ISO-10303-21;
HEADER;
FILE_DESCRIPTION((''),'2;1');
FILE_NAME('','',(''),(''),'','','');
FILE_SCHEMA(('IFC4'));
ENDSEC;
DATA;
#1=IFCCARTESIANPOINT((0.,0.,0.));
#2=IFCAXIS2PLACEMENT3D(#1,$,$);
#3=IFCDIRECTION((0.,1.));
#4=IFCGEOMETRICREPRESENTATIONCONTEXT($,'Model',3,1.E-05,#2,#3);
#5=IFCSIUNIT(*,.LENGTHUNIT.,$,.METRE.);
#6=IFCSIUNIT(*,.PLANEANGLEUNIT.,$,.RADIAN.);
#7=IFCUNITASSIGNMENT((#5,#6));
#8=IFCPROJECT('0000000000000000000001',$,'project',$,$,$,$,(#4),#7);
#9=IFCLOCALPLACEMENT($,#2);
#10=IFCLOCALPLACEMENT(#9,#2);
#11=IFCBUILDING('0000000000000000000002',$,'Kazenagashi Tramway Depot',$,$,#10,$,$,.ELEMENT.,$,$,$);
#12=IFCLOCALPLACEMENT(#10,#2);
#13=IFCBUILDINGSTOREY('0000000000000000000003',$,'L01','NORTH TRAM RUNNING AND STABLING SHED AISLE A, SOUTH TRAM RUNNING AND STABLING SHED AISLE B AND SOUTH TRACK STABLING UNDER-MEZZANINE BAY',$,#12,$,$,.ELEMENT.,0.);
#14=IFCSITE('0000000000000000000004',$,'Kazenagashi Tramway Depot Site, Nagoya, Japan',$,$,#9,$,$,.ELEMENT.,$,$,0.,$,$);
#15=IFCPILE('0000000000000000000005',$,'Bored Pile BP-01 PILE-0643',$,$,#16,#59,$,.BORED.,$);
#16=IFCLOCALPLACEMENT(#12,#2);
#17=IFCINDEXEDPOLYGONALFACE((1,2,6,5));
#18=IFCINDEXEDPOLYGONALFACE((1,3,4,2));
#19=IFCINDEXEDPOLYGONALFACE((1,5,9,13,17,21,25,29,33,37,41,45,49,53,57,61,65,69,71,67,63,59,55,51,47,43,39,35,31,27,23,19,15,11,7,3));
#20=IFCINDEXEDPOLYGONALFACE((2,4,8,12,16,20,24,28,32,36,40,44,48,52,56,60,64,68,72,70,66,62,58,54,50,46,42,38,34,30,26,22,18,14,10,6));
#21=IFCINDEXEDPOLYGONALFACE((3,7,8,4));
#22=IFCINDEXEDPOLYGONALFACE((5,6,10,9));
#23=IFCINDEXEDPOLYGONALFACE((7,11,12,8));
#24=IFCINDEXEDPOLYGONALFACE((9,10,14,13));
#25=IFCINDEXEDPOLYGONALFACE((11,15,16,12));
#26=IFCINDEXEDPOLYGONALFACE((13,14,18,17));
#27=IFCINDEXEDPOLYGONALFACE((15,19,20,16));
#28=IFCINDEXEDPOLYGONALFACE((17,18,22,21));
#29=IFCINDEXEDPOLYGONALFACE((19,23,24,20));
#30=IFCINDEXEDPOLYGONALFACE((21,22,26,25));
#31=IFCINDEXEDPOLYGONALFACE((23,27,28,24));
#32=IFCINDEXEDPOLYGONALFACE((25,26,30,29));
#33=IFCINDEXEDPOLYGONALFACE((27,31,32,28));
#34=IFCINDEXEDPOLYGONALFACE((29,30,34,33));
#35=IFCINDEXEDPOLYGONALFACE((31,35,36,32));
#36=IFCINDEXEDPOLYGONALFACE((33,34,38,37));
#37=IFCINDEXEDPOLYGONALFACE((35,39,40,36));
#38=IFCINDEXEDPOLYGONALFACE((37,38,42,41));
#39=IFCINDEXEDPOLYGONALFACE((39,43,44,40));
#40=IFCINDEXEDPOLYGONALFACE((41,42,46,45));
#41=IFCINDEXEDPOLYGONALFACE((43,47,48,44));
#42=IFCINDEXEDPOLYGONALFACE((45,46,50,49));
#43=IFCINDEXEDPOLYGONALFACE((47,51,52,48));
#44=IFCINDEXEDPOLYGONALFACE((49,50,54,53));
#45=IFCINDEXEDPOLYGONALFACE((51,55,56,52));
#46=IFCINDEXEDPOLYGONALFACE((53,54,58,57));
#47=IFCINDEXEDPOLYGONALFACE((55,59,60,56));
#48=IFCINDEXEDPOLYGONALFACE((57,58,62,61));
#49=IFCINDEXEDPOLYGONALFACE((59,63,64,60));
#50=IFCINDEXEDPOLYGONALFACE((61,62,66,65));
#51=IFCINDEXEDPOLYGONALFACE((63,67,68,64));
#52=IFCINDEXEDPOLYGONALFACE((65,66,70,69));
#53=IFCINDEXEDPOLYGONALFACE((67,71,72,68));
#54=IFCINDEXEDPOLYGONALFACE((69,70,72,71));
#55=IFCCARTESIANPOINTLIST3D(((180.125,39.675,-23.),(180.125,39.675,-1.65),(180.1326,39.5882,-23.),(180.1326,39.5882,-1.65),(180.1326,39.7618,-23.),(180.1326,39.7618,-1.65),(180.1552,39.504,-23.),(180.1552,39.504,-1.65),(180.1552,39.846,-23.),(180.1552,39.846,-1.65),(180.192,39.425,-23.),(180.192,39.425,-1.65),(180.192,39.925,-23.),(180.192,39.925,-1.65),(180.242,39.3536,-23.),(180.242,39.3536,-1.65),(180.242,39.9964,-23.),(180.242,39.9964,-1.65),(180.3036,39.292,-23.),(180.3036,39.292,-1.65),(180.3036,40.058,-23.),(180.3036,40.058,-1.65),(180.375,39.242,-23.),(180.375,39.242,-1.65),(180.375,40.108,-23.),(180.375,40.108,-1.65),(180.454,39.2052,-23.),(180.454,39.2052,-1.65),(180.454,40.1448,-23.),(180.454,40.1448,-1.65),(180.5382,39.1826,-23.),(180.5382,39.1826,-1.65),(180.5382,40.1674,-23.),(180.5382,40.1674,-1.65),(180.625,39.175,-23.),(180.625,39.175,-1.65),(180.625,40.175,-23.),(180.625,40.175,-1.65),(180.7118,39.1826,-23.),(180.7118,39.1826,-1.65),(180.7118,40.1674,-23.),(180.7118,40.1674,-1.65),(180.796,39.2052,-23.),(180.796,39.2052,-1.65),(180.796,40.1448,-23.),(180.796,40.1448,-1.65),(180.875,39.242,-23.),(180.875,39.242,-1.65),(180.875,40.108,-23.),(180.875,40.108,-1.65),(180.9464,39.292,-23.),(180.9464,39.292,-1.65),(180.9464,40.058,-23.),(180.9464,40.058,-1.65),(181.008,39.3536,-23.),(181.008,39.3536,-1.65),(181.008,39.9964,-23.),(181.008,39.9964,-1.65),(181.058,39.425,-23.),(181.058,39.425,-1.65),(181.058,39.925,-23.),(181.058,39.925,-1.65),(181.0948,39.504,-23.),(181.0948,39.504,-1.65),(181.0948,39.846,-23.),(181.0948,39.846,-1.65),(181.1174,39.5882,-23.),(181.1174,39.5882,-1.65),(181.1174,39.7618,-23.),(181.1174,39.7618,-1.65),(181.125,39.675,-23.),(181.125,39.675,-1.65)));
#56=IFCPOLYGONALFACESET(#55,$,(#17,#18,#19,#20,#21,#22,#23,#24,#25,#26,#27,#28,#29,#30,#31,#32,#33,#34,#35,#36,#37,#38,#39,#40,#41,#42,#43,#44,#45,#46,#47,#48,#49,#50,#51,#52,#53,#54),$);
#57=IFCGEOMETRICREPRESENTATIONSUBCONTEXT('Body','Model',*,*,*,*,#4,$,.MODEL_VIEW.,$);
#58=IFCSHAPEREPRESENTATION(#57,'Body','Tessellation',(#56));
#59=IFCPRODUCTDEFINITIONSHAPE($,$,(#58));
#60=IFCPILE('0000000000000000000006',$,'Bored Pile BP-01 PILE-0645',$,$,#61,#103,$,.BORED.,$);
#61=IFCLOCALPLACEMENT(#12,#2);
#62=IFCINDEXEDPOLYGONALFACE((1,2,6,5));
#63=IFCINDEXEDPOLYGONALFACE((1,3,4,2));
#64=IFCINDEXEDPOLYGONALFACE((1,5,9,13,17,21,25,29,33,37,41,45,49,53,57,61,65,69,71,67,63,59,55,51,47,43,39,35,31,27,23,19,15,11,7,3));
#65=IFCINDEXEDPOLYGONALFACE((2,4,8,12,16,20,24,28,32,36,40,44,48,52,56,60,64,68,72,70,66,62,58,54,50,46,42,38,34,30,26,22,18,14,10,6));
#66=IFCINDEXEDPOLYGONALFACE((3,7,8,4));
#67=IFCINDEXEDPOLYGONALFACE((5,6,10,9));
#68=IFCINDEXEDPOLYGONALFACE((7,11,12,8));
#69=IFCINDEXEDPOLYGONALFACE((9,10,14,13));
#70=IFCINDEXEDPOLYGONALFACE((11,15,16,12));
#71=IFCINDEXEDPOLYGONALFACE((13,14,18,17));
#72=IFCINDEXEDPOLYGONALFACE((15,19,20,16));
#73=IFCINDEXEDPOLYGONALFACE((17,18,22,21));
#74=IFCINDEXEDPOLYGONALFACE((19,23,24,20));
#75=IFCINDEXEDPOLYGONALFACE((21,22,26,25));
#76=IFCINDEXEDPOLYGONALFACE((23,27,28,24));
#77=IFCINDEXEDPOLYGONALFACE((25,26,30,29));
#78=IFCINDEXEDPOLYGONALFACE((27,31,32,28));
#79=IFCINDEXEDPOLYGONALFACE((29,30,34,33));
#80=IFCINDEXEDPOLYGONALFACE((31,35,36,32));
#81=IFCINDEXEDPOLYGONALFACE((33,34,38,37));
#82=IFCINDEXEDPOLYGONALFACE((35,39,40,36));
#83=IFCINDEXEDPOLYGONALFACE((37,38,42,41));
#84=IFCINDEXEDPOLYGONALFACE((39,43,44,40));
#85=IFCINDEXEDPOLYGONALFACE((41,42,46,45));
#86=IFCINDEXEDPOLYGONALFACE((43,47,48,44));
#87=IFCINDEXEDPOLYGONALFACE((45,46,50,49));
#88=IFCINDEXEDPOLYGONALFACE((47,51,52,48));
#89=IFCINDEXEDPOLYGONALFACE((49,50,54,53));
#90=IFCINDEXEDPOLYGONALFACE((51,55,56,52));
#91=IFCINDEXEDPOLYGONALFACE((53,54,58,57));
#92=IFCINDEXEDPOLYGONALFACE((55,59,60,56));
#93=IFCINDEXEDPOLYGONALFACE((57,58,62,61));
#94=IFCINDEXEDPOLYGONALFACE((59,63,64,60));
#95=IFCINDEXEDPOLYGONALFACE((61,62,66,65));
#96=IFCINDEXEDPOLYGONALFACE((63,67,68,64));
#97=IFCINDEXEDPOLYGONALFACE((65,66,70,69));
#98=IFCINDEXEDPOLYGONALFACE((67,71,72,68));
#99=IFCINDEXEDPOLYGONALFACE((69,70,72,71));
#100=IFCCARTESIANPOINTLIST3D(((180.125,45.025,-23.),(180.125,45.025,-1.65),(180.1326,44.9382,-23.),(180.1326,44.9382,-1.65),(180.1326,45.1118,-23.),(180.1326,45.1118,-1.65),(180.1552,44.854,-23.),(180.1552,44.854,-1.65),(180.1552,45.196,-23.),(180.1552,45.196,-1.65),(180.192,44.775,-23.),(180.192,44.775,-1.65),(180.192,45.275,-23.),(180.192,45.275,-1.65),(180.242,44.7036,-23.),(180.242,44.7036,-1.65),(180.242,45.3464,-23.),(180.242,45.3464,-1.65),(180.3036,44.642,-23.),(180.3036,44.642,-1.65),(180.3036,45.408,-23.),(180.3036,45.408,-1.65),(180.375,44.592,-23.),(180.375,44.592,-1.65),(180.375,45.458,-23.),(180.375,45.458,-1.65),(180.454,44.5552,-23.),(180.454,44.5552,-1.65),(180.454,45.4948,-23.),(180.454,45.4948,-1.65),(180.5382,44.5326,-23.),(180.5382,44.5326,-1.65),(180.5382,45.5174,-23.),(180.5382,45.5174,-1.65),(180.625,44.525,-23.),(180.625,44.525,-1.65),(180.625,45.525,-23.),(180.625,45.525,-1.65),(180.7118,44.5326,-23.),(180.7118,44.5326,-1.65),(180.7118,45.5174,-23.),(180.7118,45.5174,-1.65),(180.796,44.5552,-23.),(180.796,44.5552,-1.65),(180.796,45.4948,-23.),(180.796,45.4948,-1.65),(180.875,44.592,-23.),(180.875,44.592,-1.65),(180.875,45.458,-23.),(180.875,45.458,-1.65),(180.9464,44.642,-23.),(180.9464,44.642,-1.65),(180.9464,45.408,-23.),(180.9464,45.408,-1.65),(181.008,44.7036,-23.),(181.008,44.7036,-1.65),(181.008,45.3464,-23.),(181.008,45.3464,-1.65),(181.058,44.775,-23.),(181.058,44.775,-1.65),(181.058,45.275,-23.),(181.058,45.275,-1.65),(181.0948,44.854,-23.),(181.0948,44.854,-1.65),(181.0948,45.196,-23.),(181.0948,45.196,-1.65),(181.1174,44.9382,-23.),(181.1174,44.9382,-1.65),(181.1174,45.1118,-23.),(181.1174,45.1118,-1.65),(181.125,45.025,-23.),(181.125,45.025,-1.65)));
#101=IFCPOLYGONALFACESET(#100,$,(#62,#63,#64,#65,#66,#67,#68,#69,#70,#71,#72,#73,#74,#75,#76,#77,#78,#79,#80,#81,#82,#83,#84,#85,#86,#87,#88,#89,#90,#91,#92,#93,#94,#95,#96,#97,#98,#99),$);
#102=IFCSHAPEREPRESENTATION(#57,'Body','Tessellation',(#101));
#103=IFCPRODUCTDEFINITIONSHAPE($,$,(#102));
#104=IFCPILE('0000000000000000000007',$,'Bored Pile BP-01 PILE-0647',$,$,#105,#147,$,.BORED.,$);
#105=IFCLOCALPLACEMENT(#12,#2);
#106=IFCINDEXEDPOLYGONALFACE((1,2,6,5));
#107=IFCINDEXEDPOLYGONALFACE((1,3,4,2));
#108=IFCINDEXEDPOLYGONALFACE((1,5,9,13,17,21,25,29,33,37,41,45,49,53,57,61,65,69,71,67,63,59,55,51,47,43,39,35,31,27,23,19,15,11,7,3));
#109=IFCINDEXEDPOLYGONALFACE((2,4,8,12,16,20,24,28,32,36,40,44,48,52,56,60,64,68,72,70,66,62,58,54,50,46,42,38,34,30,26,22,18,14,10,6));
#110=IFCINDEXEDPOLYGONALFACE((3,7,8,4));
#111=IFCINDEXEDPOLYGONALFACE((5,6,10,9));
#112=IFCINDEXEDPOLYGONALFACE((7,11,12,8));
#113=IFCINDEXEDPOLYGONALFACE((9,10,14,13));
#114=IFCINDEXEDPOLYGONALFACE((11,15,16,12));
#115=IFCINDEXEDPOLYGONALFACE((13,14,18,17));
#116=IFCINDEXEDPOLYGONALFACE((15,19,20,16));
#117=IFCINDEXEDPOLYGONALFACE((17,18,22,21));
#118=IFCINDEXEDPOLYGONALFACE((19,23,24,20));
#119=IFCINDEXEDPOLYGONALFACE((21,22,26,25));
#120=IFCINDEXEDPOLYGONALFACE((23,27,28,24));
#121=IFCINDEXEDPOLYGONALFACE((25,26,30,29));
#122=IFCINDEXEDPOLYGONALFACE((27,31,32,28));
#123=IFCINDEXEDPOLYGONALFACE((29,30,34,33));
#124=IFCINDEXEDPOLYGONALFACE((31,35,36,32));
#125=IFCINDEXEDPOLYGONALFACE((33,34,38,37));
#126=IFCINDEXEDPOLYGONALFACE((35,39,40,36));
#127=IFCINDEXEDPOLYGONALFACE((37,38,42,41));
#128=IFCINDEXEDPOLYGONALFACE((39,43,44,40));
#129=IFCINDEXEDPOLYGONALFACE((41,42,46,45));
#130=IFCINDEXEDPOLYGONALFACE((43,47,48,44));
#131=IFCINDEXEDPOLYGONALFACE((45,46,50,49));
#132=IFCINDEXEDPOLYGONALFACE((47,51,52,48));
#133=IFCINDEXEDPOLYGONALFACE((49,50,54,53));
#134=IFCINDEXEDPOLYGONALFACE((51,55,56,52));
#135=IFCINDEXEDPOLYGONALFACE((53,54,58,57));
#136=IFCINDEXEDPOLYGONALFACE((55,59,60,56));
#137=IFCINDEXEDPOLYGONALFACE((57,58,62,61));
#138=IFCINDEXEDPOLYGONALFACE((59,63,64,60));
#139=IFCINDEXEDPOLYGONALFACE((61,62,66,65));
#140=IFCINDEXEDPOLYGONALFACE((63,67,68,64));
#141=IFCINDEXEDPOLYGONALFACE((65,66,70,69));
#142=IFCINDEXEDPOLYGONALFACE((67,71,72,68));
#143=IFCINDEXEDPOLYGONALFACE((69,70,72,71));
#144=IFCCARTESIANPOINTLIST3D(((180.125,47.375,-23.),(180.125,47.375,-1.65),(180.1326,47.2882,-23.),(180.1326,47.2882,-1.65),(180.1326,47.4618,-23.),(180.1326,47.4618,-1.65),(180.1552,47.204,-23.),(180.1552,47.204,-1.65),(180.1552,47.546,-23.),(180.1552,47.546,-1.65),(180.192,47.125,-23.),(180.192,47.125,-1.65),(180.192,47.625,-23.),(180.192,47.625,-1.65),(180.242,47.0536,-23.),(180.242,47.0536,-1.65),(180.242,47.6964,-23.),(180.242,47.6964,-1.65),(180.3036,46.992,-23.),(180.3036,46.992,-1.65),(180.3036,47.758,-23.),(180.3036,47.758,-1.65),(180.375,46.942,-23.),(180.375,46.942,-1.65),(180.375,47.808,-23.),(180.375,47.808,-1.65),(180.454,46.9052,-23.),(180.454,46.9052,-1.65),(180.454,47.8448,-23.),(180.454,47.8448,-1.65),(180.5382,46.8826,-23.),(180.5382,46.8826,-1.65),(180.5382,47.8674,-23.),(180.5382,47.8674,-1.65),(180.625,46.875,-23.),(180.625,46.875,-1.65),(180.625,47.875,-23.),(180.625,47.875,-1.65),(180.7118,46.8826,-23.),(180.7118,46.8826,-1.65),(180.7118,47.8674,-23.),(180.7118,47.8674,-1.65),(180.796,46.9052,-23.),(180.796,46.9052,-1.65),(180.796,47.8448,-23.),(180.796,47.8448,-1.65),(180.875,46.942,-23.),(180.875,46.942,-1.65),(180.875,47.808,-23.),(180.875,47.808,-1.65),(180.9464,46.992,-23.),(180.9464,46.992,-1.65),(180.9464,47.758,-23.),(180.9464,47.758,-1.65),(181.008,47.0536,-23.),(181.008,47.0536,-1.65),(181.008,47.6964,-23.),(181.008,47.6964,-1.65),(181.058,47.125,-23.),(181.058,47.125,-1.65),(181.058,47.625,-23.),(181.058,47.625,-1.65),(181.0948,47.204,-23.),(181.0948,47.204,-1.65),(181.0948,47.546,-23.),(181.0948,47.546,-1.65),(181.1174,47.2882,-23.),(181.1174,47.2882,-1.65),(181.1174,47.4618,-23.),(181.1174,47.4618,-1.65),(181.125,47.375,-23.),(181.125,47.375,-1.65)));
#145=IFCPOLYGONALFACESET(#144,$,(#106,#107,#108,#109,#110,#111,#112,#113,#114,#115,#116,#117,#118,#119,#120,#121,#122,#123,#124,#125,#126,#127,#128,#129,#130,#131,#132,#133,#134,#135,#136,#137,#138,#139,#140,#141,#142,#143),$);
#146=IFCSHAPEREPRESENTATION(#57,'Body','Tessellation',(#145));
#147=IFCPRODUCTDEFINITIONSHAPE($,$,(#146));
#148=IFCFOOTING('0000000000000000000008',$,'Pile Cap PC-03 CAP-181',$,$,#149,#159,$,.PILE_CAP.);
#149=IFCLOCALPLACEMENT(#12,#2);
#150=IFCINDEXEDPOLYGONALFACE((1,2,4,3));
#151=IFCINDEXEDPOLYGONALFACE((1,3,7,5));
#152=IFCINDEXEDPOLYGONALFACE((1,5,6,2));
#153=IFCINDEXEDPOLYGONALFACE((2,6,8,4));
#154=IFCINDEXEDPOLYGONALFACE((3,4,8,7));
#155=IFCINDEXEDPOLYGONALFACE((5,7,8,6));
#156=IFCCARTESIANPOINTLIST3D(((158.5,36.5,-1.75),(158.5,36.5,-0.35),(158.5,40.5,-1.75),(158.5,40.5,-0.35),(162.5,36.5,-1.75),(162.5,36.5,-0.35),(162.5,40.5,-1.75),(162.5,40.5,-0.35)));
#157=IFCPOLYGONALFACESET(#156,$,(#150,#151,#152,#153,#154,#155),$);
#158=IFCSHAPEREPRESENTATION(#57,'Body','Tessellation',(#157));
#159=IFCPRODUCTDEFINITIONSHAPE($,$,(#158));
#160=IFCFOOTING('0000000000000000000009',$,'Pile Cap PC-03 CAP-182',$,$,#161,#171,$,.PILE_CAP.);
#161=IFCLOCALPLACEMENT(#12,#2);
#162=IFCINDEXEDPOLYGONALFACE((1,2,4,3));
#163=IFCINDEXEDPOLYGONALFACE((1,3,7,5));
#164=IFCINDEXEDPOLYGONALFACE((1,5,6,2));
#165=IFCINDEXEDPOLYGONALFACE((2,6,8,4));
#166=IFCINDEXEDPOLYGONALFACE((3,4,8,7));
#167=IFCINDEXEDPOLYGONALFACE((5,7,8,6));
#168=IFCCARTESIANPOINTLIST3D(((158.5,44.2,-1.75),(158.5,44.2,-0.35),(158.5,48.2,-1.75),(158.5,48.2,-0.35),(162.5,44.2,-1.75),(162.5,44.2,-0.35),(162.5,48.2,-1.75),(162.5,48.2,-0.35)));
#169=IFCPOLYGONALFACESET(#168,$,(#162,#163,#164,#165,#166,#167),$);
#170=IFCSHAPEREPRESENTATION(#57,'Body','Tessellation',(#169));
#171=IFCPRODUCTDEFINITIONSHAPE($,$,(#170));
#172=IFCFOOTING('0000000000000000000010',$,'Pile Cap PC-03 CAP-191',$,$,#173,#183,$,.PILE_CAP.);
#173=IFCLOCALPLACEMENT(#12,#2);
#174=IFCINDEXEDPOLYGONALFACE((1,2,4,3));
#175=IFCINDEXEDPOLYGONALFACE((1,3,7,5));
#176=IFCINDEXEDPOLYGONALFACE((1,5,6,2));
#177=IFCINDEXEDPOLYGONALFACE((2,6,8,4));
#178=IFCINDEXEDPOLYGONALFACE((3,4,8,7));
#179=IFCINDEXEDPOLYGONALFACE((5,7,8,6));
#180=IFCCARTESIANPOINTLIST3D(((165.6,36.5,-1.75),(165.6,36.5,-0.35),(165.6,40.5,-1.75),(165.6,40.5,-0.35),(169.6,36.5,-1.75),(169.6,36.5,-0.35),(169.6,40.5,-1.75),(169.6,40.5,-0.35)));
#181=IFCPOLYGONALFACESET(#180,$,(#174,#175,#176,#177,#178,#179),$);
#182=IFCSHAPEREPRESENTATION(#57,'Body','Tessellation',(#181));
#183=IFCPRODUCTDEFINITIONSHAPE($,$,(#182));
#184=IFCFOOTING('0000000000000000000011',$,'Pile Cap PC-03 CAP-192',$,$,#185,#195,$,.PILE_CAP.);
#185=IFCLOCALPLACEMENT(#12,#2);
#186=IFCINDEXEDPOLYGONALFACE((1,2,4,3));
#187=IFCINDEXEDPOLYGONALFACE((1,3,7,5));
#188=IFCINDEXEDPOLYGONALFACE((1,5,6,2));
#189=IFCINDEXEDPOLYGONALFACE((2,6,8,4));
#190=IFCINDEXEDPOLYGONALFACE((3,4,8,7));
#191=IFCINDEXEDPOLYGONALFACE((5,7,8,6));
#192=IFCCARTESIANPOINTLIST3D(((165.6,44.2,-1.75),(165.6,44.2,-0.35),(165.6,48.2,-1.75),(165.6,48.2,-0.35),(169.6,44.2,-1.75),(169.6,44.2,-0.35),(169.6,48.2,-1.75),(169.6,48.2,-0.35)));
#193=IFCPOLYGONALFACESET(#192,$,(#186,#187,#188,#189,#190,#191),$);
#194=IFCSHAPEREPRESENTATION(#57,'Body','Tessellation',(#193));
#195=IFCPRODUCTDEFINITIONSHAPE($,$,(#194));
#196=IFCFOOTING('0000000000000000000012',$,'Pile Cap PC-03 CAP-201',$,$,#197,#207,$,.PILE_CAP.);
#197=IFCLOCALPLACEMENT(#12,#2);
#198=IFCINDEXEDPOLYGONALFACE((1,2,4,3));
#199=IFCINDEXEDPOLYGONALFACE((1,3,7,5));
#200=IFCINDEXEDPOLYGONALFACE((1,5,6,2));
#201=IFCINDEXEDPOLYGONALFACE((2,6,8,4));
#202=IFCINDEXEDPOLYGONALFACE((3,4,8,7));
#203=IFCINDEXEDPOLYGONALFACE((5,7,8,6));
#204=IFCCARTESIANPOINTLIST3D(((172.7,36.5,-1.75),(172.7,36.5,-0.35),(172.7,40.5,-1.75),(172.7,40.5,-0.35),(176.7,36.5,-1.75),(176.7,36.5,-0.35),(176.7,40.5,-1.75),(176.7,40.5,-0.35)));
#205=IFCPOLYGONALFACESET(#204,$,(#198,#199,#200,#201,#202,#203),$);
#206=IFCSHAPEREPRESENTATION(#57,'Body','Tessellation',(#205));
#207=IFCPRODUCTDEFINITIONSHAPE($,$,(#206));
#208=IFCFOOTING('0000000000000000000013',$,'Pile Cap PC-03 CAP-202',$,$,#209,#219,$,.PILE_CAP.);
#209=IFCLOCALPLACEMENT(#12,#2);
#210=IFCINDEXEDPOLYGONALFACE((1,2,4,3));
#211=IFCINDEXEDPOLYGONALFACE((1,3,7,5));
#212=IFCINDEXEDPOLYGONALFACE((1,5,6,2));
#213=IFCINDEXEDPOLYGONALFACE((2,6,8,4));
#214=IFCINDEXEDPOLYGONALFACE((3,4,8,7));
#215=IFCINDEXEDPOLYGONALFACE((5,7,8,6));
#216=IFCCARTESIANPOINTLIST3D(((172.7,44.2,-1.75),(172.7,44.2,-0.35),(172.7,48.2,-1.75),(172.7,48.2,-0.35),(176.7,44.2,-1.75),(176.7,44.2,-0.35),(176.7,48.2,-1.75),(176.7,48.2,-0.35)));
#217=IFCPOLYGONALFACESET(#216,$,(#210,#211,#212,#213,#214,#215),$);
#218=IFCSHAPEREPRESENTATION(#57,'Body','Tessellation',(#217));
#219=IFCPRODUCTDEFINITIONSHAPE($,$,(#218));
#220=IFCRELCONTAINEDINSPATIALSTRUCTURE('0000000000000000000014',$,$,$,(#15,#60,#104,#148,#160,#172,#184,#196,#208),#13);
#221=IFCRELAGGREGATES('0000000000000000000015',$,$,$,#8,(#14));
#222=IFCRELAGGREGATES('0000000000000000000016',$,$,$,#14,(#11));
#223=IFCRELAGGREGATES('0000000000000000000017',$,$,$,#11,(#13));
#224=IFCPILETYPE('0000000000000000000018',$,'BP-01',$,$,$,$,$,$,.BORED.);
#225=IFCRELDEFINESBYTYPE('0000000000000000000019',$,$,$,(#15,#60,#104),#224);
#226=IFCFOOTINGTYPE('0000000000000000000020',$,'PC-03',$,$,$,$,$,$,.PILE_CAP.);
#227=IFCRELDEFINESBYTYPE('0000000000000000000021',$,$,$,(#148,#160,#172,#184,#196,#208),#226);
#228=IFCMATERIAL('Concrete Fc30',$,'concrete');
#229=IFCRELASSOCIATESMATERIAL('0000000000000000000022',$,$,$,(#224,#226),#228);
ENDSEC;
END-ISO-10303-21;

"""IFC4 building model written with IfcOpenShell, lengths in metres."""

from ifc_helpers import new_model, si_unit, direction, frame, origin, origin_2d, place, context, subcontext, project, spatial, rectangle, circle, extrude, material, material_profile, profile_set, type_object, element, save


model = new_model("IFC4")

# Units and contexts
model_context = context("Model", 3, precision=1e-05, world=origin(), true_north=direction((0.0, 1.0)))
body_context = subcontext(model_context, "Body", "Model", "MODEL_VIEW")
ifc_project = project(units=[si_unit("LENGTHUNIT", "METRE"), si_unit("PLANEANGLEUNIT", "RADIAN")], contexts=[model_context])

# Site, building, storey
site_placement = place(None, origin())
site = spatial("IfcSite", under=ifc_project, at=site_placement, Name="Kazenagashi Tramway Depot Site, Nagoya, Japan", CompositionType="ELEMENT", RefElevation=0.0)
building_placement = place(site_placement, origin())
building = spatial("IfcBuilding", under=site, at=building_placement, Name="Kazenagashi Tramway Depot", CompositionType="ELEMENT")
storey_placement = place(building_placement, origin())
storey = spatial("IfcBuildingStorey", under=building, at=storey_placement, Name="L01", Description="NORTH TRAM RUNNING AND STABLING SHED AISLE A, SOUTH TRAM RUNNING AND STABLING SHED AISLE B AND SOUTH TRACK STABLING UNDER-MEZZANINE BAY", CompositionType="ELEMENT", Elevation=0.0)

# Piles
ifc_material_1 = material(Name="Concrete Fc30", Category="concrete")
ifc_material_profile_1 = material_profile(ifc_material_1, circle(Radius=0.5, at=origin_2d()), Name="PILE-1000")
ifc_profile_set_1 = profile_set([ifc_material_profile_1], Name="Concrete Fc30")
pile_type = type_object("IfcPileType", Name="BP-01", PredefinedType="BORED", material=ifc_profile_set_1)
for number, where, z_axis, x_axis, name in (
    (1, (180.625, 39.675, -1.65), (0.0, 0.0, -1.0), (1.0, 0.0, 0.0), "Bored Pile BP-01 PILE-0643"),
    (2, (180.625, 45.025, -1.65), (0.0, 0.0, -1.0), (1.0, 0.0, 0.0), "Bored Pile BP-01 PILE-0645"),
    (3, (180.625, 47.375, -1.65), (0.0, 0.0, -1.0), (1.0, 0.0, 0.0), "Bored Pile BP-01 PILE-0647"),
):
    element("IfcPile", number, at=place(storey_placement, frame(where, z_axis=z_axis, x_axis=x_axis)), inside=storey, type_object=pile_type, Name=name, PredefinedType="BORED", context=body_context, shape_type="SweptSolid", body=[
        extrude(circle(Radius=0.5, at=origin_2d()), origin(), (0.0, 0.0, 1.0), 21.35),
    ])

# Footings
footing_type = type_object("IfcFootingType", Name="PC-03", PredefinedType="PILE_CAP", material=ifc_material_1)
for number, where, z_axis, x_axis, name in (
    (4, (160.5, 38.5, -1.75), (0.0, 0.0, 1.0), (1.0, 0.0, 0.0), "Pile Cap PC-03 CAP-181"),
    (5, (160.5, 46.2, -1.75), (0.0, 0.0, 1.0), (1.0, 0.0, 0.0), "Pile Cap PC-03 CAP-182"),
    (6, (167.6, 38.5, -1.75), (0.0, 0.0, 1.0), (1.0, 0.0, 0.0), "Pile Cap PC-03 CAP-191"),
    (7, (167.6, 46.2, -1.75), (0.0, 0.0, 1.0), (1.0, 0.0, 0.0), "Pile Cap PC-03 CAP-192"),
    (8, (174.7, 38.5, -1.75), (0.0, 0.0, 1.0), (1.0, 0.0, 0.0), "Pile Cap PC-03 CAP-201"),
    (9, (174.7, 46.2, -1.75), (0.0, 0.0, 1.0), (1.0, 0.0, 0.0), "Pile Cap PC-03 CAP-202"),
):
    element("IfcFooting", number, at=place(storey_placement, frame(where, z_axis=z_axis, x_axis=x_axis)), inside=storey, type_object=footing_type, Name=name, PredefinedType="PILE_CAP", context=body_context, shape_type="SweptSolid", body=[
        extrude(rectangle(XDim=4.0, YDim=4.0, at=origin_2d()), origin(), (0.0, 0.0, 1.0), 1.4),
    ])

save(model, "model.ifc")
